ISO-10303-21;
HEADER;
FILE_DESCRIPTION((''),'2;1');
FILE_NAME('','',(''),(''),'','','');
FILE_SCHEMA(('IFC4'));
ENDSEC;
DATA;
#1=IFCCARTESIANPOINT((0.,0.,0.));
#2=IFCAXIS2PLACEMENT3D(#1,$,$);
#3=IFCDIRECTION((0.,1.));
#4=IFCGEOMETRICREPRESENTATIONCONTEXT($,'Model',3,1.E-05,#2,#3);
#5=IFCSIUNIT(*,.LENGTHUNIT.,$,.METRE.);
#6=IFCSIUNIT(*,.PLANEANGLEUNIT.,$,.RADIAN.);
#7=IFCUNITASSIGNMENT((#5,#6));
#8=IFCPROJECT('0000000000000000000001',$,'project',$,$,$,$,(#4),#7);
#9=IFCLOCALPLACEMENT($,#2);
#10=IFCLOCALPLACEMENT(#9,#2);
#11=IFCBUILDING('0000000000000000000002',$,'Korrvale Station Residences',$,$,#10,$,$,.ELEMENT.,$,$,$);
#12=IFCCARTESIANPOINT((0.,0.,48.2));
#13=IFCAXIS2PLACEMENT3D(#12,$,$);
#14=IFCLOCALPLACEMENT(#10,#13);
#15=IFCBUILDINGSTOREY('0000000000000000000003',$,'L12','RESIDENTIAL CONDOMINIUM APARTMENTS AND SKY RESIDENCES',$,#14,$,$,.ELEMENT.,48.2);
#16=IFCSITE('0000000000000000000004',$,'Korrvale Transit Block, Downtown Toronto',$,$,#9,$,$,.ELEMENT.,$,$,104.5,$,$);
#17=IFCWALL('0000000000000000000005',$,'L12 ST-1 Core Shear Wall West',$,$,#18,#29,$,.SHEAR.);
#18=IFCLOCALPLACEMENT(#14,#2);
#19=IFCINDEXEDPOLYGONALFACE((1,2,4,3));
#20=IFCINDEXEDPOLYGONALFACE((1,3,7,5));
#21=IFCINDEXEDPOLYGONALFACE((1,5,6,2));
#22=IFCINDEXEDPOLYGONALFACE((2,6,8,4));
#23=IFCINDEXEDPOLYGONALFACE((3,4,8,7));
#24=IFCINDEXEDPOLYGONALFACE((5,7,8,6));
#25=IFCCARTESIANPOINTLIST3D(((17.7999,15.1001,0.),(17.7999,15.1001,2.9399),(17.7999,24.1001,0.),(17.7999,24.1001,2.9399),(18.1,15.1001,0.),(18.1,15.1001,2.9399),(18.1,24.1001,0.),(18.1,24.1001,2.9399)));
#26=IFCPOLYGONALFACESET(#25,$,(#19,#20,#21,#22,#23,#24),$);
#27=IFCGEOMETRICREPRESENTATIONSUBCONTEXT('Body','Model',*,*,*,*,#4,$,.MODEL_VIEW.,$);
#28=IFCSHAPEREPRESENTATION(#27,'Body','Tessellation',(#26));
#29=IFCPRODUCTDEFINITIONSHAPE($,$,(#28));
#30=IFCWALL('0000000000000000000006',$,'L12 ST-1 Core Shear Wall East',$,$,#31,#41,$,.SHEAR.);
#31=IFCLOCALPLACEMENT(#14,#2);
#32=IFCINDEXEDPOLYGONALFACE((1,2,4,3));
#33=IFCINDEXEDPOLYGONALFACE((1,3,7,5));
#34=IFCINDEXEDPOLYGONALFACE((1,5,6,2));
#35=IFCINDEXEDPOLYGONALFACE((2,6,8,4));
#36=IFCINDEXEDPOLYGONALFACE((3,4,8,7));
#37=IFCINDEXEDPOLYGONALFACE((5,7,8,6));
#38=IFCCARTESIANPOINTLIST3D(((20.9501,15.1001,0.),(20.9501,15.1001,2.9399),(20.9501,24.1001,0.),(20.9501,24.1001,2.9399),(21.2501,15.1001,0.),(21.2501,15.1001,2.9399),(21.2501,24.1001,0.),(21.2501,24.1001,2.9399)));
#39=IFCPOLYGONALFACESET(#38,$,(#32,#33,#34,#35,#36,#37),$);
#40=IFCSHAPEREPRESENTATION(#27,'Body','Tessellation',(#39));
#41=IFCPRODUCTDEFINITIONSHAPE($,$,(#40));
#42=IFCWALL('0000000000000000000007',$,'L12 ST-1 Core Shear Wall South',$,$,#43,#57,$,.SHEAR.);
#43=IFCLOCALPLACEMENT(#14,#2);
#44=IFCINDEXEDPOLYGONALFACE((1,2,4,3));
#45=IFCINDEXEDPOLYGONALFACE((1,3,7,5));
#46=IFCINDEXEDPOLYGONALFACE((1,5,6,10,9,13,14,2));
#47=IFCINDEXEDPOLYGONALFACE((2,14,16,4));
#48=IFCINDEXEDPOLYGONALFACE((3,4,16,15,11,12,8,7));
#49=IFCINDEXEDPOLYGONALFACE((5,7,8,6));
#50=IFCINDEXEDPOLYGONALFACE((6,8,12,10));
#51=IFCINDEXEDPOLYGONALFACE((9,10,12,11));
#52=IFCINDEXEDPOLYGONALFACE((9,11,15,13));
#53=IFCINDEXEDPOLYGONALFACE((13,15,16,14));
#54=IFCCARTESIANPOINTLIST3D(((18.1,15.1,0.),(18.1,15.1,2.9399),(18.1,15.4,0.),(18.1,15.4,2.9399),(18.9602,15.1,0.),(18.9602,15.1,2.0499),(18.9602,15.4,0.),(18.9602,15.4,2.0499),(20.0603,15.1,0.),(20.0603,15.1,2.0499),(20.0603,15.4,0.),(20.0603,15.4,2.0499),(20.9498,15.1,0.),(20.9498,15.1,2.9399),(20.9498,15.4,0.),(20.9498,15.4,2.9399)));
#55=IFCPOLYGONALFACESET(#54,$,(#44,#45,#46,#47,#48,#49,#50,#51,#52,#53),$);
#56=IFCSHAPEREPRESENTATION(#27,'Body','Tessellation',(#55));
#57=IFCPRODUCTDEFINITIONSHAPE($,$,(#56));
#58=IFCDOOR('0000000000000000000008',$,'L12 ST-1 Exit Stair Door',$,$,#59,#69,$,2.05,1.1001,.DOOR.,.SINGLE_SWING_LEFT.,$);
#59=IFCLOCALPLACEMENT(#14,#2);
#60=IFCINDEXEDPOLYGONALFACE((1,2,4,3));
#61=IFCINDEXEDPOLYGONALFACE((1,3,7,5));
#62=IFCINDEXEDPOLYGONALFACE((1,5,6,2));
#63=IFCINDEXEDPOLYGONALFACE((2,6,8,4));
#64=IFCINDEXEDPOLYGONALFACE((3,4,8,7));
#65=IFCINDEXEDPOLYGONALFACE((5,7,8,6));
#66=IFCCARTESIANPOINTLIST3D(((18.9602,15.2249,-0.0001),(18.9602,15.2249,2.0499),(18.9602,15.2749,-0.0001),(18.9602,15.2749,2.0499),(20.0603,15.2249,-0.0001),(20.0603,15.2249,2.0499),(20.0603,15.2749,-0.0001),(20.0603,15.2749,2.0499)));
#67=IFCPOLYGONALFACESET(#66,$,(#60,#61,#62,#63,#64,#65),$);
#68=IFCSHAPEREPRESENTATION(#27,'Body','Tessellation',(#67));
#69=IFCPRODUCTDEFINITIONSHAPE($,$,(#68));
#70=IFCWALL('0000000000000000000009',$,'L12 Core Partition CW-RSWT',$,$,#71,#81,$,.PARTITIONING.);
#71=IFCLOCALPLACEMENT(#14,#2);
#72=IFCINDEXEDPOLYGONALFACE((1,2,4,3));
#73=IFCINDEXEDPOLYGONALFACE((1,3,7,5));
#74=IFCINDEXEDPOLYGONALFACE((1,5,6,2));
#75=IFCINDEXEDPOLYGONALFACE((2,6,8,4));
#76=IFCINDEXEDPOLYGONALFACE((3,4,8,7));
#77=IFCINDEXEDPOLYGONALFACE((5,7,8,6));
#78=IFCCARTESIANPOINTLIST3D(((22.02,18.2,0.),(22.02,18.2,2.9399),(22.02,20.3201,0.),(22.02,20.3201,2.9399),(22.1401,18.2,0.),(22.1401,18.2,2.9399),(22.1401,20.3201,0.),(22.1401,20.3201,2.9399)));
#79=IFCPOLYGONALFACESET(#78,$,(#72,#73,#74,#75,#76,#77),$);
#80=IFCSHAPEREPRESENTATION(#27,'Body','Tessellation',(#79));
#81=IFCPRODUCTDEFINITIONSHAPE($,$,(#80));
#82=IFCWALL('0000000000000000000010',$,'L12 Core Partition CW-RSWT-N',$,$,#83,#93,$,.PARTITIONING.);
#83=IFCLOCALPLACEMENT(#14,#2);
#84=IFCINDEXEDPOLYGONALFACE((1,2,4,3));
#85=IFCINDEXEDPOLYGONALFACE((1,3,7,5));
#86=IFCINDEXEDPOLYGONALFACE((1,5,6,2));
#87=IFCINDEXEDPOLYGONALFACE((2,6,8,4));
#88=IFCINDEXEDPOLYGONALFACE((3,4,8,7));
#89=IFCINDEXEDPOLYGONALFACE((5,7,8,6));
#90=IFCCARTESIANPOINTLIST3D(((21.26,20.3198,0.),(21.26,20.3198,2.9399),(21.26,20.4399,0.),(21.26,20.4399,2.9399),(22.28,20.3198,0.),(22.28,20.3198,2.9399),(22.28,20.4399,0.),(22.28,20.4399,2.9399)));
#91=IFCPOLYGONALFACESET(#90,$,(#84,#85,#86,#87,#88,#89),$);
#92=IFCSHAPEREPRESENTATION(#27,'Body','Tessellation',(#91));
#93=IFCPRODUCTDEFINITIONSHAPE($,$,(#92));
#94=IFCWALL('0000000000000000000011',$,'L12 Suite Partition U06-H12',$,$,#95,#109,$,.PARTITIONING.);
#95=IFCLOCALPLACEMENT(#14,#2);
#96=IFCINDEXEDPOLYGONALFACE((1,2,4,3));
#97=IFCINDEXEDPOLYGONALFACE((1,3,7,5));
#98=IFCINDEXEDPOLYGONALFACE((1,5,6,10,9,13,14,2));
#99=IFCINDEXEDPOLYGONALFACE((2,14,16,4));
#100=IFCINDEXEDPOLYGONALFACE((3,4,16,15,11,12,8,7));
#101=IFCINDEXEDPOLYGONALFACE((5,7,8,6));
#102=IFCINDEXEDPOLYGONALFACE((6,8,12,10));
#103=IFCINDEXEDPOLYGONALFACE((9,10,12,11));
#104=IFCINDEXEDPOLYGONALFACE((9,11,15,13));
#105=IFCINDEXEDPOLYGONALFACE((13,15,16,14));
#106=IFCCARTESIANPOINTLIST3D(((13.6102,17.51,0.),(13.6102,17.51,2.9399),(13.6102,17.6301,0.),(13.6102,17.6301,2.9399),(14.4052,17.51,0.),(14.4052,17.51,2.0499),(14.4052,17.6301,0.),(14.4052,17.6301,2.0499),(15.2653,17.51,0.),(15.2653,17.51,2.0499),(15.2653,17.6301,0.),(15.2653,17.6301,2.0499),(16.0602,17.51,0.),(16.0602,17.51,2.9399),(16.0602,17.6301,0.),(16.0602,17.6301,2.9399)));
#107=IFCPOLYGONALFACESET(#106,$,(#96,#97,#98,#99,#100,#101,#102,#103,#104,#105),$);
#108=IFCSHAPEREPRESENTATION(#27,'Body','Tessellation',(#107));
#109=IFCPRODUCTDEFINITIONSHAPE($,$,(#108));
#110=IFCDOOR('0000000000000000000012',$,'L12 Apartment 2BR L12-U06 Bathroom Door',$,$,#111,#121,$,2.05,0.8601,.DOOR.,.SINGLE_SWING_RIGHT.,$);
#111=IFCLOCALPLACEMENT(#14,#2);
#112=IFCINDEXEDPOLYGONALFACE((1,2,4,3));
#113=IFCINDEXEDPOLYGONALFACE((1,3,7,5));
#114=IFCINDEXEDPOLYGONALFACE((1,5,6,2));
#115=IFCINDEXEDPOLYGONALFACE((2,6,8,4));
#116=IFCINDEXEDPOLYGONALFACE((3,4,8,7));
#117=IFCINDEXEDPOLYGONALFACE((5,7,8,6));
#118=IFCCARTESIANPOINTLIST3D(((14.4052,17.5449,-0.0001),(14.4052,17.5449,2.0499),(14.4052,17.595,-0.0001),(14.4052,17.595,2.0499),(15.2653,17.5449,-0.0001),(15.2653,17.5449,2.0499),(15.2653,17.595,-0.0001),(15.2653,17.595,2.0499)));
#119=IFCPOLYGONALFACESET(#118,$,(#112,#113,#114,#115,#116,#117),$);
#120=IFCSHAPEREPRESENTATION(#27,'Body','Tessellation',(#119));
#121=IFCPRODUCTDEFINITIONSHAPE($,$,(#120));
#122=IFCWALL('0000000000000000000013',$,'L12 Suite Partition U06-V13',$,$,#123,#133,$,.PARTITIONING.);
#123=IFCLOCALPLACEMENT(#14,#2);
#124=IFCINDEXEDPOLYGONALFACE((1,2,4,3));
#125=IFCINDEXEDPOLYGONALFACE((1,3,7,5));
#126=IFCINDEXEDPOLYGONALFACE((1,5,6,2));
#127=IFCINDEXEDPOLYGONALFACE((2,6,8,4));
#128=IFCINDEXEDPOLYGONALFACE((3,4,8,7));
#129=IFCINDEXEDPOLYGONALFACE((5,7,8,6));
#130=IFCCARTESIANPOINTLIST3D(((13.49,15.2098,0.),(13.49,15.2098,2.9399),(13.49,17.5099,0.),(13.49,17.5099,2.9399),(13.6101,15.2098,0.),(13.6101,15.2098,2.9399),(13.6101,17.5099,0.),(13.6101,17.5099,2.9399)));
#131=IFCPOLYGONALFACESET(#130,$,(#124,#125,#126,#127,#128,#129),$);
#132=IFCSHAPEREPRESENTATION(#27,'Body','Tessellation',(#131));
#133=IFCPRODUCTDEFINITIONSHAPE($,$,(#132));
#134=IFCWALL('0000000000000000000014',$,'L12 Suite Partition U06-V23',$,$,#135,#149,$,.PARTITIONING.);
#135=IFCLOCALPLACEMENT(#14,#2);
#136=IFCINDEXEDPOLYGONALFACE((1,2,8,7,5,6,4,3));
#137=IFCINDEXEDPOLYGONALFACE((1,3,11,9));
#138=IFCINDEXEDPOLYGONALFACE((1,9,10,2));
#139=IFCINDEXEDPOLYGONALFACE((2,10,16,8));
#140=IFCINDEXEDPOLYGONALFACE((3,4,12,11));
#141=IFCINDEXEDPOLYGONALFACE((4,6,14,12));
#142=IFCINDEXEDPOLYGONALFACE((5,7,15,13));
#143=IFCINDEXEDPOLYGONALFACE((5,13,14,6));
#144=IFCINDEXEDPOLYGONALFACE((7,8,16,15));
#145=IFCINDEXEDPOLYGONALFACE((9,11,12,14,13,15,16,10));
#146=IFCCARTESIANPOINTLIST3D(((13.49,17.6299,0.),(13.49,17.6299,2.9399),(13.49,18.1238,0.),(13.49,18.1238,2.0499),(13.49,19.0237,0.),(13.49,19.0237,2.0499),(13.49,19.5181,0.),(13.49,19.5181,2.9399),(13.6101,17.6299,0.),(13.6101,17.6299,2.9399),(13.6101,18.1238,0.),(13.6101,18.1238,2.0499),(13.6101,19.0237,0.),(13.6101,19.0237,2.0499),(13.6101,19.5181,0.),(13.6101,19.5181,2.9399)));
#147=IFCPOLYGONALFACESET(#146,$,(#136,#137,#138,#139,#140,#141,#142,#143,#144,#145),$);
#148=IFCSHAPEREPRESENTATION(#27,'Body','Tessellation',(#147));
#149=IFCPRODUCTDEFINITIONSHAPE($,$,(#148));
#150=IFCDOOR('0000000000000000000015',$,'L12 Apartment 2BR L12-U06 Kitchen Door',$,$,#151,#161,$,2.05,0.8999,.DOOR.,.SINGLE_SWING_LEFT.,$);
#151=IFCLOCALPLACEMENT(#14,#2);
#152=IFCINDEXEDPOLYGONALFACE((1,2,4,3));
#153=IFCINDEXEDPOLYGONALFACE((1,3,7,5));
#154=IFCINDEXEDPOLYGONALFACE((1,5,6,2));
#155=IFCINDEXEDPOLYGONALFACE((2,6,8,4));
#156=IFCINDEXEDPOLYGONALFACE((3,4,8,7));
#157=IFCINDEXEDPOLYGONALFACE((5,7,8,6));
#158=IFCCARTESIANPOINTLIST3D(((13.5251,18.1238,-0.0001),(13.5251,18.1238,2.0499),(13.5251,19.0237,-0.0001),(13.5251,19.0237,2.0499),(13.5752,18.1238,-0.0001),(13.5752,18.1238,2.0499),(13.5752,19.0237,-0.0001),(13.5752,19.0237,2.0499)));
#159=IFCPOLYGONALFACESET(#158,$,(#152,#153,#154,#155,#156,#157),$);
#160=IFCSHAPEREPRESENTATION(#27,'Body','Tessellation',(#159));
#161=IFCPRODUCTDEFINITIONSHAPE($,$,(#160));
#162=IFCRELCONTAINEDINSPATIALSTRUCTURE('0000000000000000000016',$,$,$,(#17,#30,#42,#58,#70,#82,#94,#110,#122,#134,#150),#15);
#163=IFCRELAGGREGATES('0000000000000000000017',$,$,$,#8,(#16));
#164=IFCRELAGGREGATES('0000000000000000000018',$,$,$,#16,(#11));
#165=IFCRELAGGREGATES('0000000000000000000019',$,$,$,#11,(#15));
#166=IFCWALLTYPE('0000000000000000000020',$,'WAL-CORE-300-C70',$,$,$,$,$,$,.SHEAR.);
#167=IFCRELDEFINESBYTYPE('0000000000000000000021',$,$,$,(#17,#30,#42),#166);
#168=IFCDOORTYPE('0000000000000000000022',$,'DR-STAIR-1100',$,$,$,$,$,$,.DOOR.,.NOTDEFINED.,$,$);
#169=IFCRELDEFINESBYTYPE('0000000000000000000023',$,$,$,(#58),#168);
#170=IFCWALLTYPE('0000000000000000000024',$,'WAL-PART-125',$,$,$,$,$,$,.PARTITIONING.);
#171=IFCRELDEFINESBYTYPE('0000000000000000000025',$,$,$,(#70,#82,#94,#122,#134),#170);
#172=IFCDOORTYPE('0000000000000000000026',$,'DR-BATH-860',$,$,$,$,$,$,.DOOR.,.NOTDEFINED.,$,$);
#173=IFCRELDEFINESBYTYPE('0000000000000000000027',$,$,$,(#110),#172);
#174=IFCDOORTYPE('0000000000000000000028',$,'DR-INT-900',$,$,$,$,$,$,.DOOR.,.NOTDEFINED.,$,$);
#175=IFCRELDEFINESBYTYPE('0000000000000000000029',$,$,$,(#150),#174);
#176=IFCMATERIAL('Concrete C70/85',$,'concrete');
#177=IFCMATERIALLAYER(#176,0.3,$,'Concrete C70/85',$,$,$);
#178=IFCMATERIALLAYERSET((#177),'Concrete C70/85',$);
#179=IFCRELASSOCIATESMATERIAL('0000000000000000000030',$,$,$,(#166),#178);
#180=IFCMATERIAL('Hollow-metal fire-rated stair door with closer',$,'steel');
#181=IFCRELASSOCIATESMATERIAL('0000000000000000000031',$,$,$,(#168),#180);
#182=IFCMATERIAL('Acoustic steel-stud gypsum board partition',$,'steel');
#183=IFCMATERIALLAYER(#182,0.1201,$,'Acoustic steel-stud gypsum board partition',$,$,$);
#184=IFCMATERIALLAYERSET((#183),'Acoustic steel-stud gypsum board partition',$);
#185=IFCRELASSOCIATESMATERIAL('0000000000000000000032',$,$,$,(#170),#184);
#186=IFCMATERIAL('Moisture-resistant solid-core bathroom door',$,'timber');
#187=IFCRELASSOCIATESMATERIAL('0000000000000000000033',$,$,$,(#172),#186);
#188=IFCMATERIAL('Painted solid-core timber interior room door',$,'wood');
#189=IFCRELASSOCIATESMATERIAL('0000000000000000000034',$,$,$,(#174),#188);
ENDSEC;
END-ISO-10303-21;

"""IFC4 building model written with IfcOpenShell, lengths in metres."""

from ifc_helpers import new_model, si_unit, direction, frame, frame_2d, origin, place, context, subcontext, project, spatial, rectangle, extrude, material, layer, layer_set, type_object, element, fill, save


model = new_model("IFC4")

# Units and contexts
model_context = context("Model", 3, precision=1e-05, world=origin(), true_north=direction((0.0, 1.0)))
body_context = subcontext(model_context, "Body", "Model", "MODEL_VIEW")
ifc_project = project(units=[si_unit("LENGTHUNIT", "METRE"), si_unit("PLANEANGLEUNIT", "RADIAN")], contexts=[model_context])

# Site, building, storey
site_placement = place(None, origin())
site = spatial("IfcSite", under=ifc_project, at=site_placement, Name="Korrvale Transit Block, Downtown Toronto", CompositionType="ELEMENT", RefElevation=104.5)
building_placement = place(site_placement, origin())
building = spatial("IfcBuilding", under=site, at=building_placement, Name="Korrvale Station Residences", CompositionType="ELEMENT")
storey_placement = place(building_placement, frame((0.0, 0.0, 48.2)))
storey = spatial("IfcBuildingStorey", under=building, at=storey_placement, Name="L12", Description="RESIDENTIAL CONDOMINIUM APARTMENTS AND SKY RESIDENCES", CompositionType="ELEMENT", Elevation=48.2)

# Walls
ifc_material_1 = material(Name="Concrete C70/85", Category="concrete")
ifc_layer_1 = layer(ifc_material_1, 0.3, Name="Concrete C70/85")
ifc_layer_set_1 = layer_set([ifc_layer_1], Name="Concrete C70/85")
wall_type_1 = type_object("IfcWallType", Name="WAL-CORE-300-C70", PredefinedType="SHEAR", material=ifc_layer_set_1)
for number, where, z_axis, x_axis, name in (
    (1, (17.95, 15.1001, 0.0), (0.0, 0.0, 1.0), (0.0, 1.0, 0.0), "L12 ST-1 Core Shear Wall West"),
    (2, (21.1001, 15.1001, 0.0), (0.0, 0.0, 1.0), (0.0, 1.0, 0.0), "L12 ST-1 Core Shear Wall East"),
):
    element("IfcWall", number, at=place(storey_placement, frame(where, z_axis=z_axis, x_axis=x_axis)), inside=storey, type_object=wall_type_1, Name=name, PredefinedType="SHEAR", context=body_context, shape_type="SweptSolid", body=[
        extrude(rectangle(XDim=9.0, YDim=0.3, at=frame_2d((4.5, 0.0))), origin(), (0.0, 0.0, 1.0), 2.9399),
    ])

# Wall, opening, door
wall_1_placement = place(storey_placement, frame((18.1001, 15.25, 0.0), z_axis=(0.0, 0.0, 1.0), x_axis=(1.0, 0.0, 0.0)))
wall_1 = element("IfcWall", 3, at=wall_1_placement, inside=storey, type_object=wall_type_1, Name="L12 ST-1 Core Shear Wall South", PredefinedType="SHEAR", context=body_context, shape_type="SweptSolid", body=[
    extrude(rectangle(XDim=2.8499, YDim=0.3, at=frame_2d((1.4248, 0.0))), origin(), (0.0, 0.0, 1.0), 2.9399),
])
opening_1_placement = place(wall_1_placement, frame((0.8601, 0.0, 0.0)))
opening_1 = element("IfcOpeningElement", 4, at=opening_1_placement, cuts=wall_1, PredefinedType="OPENING", context=body_context, shape_type="SweptSolid", body=[
    extrude(rectangle(XDim=1.1001, YDim=2.05, at=frame_2d((0.55, 1.0249))), frame((0.0, 0.1602, 0.0), z_axis=(0.0, -1.0, 0.0), x_axis=(1.0, 0.0, 0.0)), (0.0, 0.0, 1.0), 0.3201),
])
ifc_material_2 = material(Name="Hollow-metal fire-rated stair door with closer", Category="steel")
door_type_1 = type_object("IfcDoorType", Name="DR-STAIR-1100", OperationType="NOTDEFINED", PredefinedType="DOOR", material=ifc_material_2)
door_1_placement = place(opening_1_placement, origin())
door_1 = element("IfcDoor", 5, at=door_1_placement, inside=storey, type_object=door_type_1, Name="L12 ST-1 Exit Stair Door", OperationType="SINGLE_SWING_LEFT", OverallHeight=2.05, OverallWidth=1.1001, PredefinedType="DOOR", context=body_context, shape_type="SweptSolid", body=[
    extrude(rectangle(XDim=1.1001, YDim=2.05, at=frame_2d((0.55, 1.0249))), frame((0.0, 0.0249, 0.0), z_axis=(0.0, -1.0, 0.0), x_axis=(1.0, 0.0, 0.0)), (0.0, 0.0, 1.0), 0.05),
])
fill(opening_1, door_1)

# Walls
ifc_material_3 = material(Name="Acoustic steel-stud gypsum board partition", Category="steel")
ifc_layer_2 = layer(ifc_material_3, 0.1201, Name="Acoustic steel-stud gypsum board partition")
ifc_layer_set_2 = layer_set([ifc_layer_2], Name="Acoustic steel-stud gypsum board partition")
wall_type_2 = type_object("IfcWallType", Name="WAL-PART-125", PredefinedType="PARTITIONING", material=ifc_layer_set_2)
wall_2_placement = place(storey_placement, frame((22.0801, 18.2, 0.0), z_axis=(0.0, 0.0, 1.0), x_axis=(0.0, 1.0, 0.0)))
element("IfcWall", 6, at=wall_2_placement, inside=storey, type_object=wall_type_2, Name="L12 Core Partition CW-RSWT", PredefinedType="PARTITIONING", context=body_context, shape_type="SweptSolid", body=[
    extrude(rectangle(XDim=2.1201, YDim=0.1201, at=frame_2d((1.0601, 0.0))), origin(), (0.0, 0.0, 1.0), 2.9399),
])
wall_3_placement = place(storey_placement, frame((22.28, 20.3799, 0.0), z_axis=(0.0, 0.0, 1.0), x_axis=(-1.0, 0.0, 0.0)))
element("IfcWall", 7, at=wall_3_placement, inside=storey, type_object=wall_type_2, Name="L12 Core Partition CW-RSWT-N", PredefinedType="PARTITIONING", context=body_context, shape_type="SweptSolid", body=[
    extrude(rectangle(XDim=1.02, YDim=0.1201, at=frame_2d((0.51, 0.0))), origin(), (0.0, 0.0, 1.0), 2.9399),
])

# Wall, opening, door
wall_4_placement = place(storey_placement, frame((13.6101, 17.5701, 0.0), z_axis=(0.0, 0.0, 1.0), x_axis=(1.0, 0.0, 0.0)))
wall_4 = element("IfcWall", 8, at=wall_4_placement, inside=storey, type_object=wall_type_2, Name="L12 Suite Partition U06-H12", PredefinedType="PARTITIONING", context=body_context, shape_type="SweptSolid", body=[
    extrude(rectangle(XDim=2.45, YDim=0.1201, at=frame_2d((1.2251, 0.0))), origin(), (0.0, 0.0, 1.0), 2.9399),
])
opening_2_placement = place(wall_4_placement, frame((0.7949, 0.0, 0.0)))
opening_2 = element("IfcOpeningElement", 9, at=opening_2_placement, cuts=wall_4, PredefinedType="OPENING", context=body_context, shape_type="SweptSolid", body=[
    extrude(rectangle(XDim=0.8601, YDim=2.05, at=frame_2d((0.4302, 1.0249))), frame((0.0, 0.0701, 0.0), z_axis=(0.0, -1.0, 0.0), x_axis=(1.0, 0.0, 0.0)), (0.0, 0.0, 1.0), 0.1401),
])
ifc_material_4 = material(Name="Moisture-resistant solid-core bathroom door", Category="timber")
door_type_2 = type_object("IfcDoorType", Name="DR-BATH-860", OperationType="NOTDEFINED", PredefinedType="DOOR", material=ifc_material_4)
door_2_placement = place(opening_2_placement, origin())
door_2 = element("IfcDoor", 10, at=door_2_placement, inside=storey, type_object=door_type_2, Name="L12 Apartment 2BR L12-U06 Bathroom Door", OperationType="SINGLE_SWING_RIGHT", OverallHeight=2.05, OverallWidth=0.8601, PredefinedType="DOOR", context=body_context, shape_type="SweptSolid", body=[
    extrude(rectangle(XDim=0.8601, YDim=2.05, at=frame_2d((0.4302, 1.0249))), frame((0.0, 0.0249, 0.0), z_axis=(0.0, -1.0, 0.0), x_axis=(1.0, 0.0, 0.0)), (0.0, 0.0, 1.0), 0.05),
])
fill(opening_2, door_2)

# Wall
wall_5_placement = place(storey_placement, frame((13.55, 15.21, 0.0), z_axis=(0.0, 0.0, 1.0), x_axis=(0.0, 1.0, 0.0)))
element("IfcWall", 11, at=wall_5_placement, inside=storey, type_object=wall_type_2, Name="L12 Suite Partition U06-V13", PredefinedType="PARTITIONING", context=body_context, shape_type="SweptSolid", body=[
    extrude(rectangle(XDim=2.3, YDim=0.1201, at=frame_2d((1.1499, 0.0))), origin(), (0.0, 0.0, 1.0), 2.9399),
])

# Wall, opening, door
wall_6_placement = place(storey_placement, frame((13.55, 17.6299, 0.0), z_axis=(0.0, 0.0, 1.0), x_axis=(0.0, 1.0, 0.0)))
wall_6 = element("IfcWall", 12, at=wall_6_placement, inside=storey, type_object=wall_type_2, Name="L12 Suite Partition U06-V23", PredefinedType="PARTITIONING", context=body_context, shape_type="SweptSolid", body=[
    extrude(rectangle(XDim=1.8882, YDim=0.1201, at=frame_2d((0.9441, 0.0))), origin(), (0.0, 0.0, 1.0), 2.9399),
])
opening_3_placement = place(wall_6_placement, frame((0.4939, 0.0, 0.0)))
opening_3 = element("IfcOpeningElement", 13, at=opening_3_placement, cuts=wall_6, PredefinedType="OPENING", context=body_context, shape_type="SweptSolid", body=[
    extrude(rectangle(XDim=0.8999, YDim=2.05, at=frame_2d((0.45, 1.0249))), frame((0.0, 0.0701, 0.0), z_axis=(0.0, -1.0, 0.0), x_axis=(1.0, 0.0, 0.0)), (0.0, 0.0, 1.0), 0.1401),
])
ifc_material_5 = material(Name="Painted solid-core timber interior room door", Category="wood")
door_type_3 = type_object("IfcDoorType", Name="DR-INT-900", OperationType="NOTDEFINED", PredefinedType="DOOR", material=ifc_material_5)
door_3_placement = place(opening_3_placement, origin())
door_3 = element("IfcDoor", 14, at=door_3_placement, inside=storey, type_object=door_type_3, Name="L12 Apartment 2BR L12-U06 Kitchen Door", OperationType="SINGLE_SWING_LEFT", OverallHeight=2.05, OverallWidth=0.8999, PredefinedType="DOOR", context=body_context, shape_type="SweptSolid", body=[
    extrude(rectangle(XDim=0.8999, YDim=2.05, at=frame_2d((0.45, 1.0249))), frame((0.0, 0.0249, 0.0), z_axis=(0.0, -1.0, 0.0), x_axis=(1.0, 0.0, 0.0)), (0.0, 0.0, 1.0), 0.05),
])
fill(opening_3, door_3)

save(model, "model.ifc")
